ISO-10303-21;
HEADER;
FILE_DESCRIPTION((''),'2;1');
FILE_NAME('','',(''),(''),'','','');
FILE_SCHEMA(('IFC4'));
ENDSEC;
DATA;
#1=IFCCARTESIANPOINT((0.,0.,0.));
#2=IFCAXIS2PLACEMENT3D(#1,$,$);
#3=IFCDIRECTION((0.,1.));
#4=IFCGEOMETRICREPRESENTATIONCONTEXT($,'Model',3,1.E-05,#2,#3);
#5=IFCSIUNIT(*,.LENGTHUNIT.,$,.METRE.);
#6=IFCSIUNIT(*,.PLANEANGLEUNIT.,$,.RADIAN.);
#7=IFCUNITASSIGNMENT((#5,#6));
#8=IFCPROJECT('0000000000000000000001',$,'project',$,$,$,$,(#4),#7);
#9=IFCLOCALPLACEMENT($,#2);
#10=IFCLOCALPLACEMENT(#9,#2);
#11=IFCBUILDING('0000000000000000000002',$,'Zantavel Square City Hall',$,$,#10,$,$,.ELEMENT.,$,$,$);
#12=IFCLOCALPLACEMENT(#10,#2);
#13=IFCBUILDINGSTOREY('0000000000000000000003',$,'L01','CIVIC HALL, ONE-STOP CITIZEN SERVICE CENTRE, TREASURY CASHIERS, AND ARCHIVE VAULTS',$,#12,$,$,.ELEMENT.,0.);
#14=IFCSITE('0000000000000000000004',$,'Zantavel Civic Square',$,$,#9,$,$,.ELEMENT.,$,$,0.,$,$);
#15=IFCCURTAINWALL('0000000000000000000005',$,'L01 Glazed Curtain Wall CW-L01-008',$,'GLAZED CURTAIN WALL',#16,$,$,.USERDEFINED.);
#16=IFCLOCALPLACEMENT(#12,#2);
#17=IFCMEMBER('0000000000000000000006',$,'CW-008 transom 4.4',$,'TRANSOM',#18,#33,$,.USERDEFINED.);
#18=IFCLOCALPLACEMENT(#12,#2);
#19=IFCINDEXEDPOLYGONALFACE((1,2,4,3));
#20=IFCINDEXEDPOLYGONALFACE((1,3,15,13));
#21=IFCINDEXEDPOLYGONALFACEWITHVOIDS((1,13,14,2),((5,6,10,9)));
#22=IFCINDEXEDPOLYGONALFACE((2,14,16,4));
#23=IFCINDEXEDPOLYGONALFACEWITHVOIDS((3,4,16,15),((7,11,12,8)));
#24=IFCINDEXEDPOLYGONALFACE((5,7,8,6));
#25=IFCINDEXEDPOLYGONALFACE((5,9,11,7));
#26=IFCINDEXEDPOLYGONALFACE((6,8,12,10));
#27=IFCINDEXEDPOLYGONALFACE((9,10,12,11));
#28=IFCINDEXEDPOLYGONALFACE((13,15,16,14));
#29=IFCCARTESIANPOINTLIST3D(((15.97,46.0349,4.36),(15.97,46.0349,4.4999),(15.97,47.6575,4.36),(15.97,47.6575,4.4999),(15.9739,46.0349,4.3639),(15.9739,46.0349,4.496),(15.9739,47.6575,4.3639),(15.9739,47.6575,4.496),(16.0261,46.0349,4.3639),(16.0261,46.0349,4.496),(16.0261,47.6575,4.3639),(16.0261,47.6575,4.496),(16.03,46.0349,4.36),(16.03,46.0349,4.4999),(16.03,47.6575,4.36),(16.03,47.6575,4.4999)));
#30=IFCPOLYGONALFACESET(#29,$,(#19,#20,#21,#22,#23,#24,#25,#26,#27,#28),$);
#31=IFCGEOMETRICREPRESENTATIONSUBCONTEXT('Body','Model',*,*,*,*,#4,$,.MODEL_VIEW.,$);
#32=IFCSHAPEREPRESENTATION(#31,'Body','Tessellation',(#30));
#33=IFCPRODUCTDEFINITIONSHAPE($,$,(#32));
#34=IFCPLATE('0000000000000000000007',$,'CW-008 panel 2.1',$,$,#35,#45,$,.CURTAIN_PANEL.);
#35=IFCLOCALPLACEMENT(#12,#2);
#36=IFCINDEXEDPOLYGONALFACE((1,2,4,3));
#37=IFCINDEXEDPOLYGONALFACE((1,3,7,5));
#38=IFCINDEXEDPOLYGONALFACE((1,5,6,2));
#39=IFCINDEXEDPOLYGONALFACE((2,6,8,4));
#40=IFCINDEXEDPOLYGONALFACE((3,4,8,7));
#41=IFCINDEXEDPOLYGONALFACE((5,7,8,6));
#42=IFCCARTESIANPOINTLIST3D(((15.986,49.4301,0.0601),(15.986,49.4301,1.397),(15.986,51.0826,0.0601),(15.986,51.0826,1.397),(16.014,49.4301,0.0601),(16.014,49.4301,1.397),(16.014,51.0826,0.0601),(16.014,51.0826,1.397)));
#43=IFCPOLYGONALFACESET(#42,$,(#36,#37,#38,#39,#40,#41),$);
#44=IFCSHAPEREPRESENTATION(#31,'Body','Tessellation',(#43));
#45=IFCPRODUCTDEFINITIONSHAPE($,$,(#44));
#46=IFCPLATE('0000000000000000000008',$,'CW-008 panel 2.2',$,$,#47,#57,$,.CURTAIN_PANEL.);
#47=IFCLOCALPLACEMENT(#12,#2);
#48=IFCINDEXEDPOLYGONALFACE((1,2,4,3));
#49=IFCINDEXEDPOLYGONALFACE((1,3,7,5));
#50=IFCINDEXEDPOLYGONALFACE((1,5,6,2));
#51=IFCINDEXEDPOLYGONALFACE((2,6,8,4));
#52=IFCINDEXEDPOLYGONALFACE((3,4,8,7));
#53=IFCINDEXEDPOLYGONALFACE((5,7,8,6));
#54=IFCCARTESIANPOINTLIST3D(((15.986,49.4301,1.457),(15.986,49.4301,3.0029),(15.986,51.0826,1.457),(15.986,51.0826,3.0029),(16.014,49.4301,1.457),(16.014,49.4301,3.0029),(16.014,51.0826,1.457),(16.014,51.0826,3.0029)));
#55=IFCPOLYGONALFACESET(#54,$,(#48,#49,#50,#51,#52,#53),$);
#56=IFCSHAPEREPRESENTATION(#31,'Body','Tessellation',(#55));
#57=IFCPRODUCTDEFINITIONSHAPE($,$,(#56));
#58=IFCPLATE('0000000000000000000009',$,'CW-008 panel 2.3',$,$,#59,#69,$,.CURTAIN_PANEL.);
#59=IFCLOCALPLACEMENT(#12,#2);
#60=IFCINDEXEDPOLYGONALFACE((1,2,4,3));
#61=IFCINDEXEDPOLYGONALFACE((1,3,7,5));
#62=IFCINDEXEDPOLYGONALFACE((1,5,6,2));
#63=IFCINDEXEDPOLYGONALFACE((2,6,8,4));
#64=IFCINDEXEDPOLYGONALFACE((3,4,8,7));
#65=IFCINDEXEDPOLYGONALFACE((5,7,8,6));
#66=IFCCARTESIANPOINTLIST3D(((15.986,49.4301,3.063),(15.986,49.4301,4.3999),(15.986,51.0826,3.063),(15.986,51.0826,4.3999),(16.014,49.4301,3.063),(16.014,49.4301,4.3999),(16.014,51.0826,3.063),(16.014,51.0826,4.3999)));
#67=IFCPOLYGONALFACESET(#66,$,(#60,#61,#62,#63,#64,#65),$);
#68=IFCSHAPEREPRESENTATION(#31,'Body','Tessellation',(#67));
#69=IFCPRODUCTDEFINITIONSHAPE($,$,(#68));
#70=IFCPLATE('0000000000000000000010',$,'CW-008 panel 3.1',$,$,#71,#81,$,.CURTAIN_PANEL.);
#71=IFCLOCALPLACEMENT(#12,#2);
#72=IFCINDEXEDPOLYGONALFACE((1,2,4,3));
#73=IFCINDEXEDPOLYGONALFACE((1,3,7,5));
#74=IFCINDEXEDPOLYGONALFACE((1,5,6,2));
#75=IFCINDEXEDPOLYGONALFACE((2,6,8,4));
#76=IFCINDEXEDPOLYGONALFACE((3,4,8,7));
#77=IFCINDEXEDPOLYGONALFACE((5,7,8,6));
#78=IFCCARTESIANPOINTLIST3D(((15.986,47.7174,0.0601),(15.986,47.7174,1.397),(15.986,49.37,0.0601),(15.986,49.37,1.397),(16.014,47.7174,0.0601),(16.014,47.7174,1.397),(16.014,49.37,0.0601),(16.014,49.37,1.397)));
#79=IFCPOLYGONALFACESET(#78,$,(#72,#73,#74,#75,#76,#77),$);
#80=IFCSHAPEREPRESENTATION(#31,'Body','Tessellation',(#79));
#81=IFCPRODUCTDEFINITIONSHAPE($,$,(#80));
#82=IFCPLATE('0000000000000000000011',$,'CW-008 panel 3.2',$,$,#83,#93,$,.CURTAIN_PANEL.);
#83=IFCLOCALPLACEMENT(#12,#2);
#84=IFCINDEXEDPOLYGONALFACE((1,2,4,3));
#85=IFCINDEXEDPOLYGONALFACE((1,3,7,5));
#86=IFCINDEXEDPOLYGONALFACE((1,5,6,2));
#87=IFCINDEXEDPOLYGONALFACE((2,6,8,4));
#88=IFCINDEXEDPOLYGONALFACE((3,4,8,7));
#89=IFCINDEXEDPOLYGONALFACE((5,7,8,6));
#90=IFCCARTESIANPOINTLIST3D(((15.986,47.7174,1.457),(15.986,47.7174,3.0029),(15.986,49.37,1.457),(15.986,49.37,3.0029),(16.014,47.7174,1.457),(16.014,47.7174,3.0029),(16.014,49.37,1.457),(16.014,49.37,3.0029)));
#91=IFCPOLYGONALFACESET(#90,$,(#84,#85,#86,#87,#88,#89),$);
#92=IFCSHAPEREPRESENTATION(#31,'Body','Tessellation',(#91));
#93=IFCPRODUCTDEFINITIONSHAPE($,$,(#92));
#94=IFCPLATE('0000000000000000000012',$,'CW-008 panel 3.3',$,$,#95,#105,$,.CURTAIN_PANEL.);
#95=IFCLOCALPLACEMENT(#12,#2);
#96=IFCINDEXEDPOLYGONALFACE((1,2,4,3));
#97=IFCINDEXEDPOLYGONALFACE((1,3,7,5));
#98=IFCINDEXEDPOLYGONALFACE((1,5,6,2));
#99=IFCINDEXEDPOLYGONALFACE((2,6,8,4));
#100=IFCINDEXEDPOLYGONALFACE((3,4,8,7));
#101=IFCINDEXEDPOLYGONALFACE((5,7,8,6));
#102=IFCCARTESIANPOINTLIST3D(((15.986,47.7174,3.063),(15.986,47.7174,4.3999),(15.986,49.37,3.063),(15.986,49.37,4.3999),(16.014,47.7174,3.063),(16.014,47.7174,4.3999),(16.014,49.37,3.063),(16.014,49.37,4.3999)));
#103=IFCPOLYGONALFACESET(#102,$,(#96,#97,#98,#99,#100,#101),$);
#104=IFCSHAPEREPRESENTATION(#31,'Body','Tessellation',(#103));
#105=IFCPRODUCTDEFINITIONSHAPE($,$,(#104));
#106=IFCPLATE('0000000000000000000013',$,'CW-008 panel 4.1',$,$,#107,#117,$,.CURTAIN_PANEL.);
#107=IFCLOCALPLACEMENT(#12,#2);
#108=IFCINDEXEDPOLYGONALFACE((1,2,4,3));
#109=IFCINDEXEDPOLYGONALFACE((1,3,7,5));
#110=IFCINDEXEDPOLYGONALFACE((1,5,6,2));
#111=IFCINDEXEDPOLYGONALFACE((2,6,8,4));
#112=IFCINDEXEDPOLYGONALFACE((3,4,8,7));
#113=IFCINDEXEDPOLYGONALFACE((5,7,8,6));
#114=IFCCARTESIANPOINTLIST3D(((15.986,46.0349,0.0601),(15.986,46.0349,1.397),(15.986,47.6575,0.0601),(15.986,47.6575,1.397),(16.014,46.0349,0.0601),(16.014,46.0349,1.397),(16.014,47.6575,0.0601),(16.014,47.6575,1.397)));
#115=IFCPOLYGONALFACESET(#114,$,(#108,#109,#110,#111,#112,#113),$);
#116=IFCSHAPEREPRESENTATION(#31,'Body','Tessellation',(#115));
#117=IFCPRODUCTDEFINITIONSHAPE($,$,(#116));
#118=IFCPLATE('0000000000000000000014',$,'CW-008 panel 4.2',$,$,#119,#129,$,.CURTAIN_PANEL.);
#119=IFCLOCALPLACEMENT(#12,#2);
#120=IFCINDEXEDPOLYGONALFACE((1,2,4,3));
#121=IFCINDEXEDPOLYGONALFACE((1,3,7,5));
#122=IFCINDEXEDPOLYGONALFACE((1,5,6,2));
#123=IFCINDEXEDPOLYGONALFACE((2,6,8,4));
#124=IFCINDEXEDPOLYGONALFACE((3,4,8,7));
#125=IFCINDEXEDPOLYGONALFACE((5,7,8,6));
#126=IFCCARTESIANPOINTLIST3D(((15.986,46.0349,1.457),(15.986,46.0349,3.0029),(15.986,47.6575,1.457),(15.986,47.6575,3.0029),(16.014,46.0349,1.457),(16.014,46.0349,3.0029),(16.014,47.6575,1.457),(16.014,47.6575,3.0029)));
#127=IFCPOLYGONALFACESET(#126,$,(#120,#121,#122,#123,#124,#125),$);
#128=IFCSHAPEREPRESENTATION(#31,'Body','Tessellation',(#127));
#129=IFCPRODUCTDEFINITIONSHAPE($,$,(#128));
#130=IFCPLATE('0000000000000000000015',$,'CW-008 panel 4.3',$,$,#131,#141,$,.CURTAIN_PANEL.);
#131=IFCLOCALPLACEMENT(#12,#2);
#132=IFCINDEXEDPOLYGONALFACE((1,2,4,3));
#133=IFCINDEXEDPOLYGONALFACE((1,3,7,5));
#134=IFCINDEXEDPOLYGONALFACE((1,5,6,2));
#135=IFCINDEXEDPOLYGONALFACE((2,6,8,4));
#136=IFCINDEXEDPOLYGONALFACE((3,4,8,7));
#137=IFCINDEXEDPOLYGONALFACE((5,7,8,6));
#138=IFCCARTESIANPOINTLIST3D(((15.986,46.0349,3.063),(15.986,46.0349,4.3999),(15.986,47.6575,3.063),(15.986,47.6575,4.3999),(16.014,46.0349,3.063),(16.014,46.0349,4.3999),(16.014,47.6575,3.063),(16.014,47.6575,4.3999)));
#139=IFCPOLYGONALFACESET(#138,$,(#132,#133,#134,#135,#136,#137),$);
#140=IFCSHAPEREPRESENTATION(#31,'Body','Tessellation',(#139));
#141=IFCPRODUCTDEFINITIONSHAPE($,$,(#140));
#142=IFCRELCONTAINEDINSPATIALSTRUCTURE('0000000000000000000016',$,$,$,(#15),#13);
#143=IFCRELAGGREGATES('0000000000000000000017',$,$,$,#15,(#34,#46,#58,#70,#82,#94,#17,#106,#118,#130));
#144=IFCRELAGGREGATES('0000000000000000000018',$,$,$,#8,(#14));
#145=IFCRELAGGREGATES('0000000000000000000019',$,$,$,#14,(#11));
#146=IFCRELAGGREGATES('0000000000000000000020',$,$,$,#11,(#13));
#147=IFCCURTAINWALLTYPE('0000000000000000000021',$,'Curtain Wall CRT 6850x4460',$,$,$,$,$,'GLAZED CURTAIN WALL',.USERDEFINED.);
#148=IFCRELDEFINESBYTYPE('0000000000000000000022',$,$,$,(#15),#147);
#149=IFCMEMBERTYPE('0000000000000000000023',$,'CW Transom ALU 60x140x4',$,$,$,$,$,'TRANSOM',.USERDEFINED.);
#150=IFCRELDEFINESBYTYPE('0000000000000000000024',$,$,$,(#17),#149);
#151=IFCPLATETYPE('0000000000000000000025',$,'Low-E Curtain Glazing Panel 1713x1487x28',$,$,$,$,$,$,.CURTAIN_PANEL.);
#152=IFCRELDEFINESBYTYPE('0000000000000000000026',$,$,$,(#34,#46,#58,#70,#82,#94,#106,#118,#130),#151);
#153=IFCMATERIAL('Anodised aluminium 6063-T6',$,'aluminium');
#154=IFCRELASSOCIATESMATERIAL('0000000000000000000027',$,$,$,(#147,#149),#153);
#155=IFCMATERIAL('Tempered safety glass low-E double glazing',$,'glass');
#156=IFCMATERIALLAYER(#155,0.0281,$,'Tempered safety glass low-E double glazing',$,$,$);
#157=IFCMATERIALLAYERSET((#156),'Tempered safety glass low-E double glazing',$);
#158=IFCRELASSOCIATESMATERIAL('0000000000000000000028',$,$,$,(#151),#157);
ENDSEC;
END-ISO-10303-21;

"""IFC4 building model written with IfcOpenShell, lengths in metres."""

from ifc_helpers import new_model, si_unit, direction, frame, origin, origin_2d, place, context, subcontext, project, spatial, rectangle, hollow_rectangle, extrude, material, layer, layer_set, material_profile, profile_set, type_object, element, aggregate, save


model = new_model("IFC4")

# Units and contexts
model_context = context("Model", 3, precision=1e-05, world=origin(), true_north=direction((0.0, 1.0)))
body_context = subcontext(model_context, "Body", "Model", "MODEL_VIEW")
ifc_project = project(units=[si_unit("LENGTHUNIT", "METRE"), si_unit("PLANEANGLEUNIT", "RADIAN")], contexts=[model_context])

# Site, building, storey
site_placement = place(None, origin())
site = spatial("IfcSite", under=ifc_project, at=site_placement, Name="Zantavel Civic Square", CompositionType="ELEMENT", RefElevation=0.0)
building_placement = place(site_placement, origin())
building = spatial("IfcBuilding", under=site, at=building_placement, Name="Zantavel Square City Hall", CompositionType="ELEMENT")
storey_placement = place(building_placement, origin())
storey = spatial("IfcBuildingStorey", under=building, at=storey_placement, Name="L01", Description="CIVIC HALL, ONE-STOP CITIZEN SERVICE CENTRE, TREASURY CASHIERS, AND ARCHIVE VAULTS", CompositionType="ELEMENT", Elevation=0.0)

# Curtain wall, member, plates
ifc_material_1 = material(Name="Anodised aluminium 6063-T6", Category="aluminium")
curtain_wall_type = type_object("IfcCurtainWallType", Name="Curtain Wall CRT 6850x4460", ElementType="GLAZED CURTAIN WALL", PredefinedType="USERDEFINED", material=ifc_material_1)
curtain_wall_placement = place(storey_placement, origin())
curtain_wall = element("IfcCurtainWall", 1, at=curtain_wall_placement, inside=storey, type_object=curtain_wall_type, Name="L01 Glazed Curtain Wall CW-L01-008", ObjectType="GLAZED CURTAIN WALL", PredefinedType="USERDEFINED")
ifc_material_profile_1 = material_profile(ifc_material_1, hollow_rectangle(XDim=0.0601, YDim=0.1399, WallThickness=0.0039, at=origin_2d()), Name="ALU 60x140x4")
ifc_profile_set_1 = profile_set([ifc_material_profile_1], Name="Anodised aluminium 6063-T6")
member_type_1 = type_object("IfcMemberType", Name="CW Transom ALU 60x140x4", ElementType="TRANSOM", PredefinedType="USERDEFINED", material=ifc_profile_set_1)
member_1_placement = place(storey_placement, frame((16.0, 47.6575, 4.4299), z_axis=(0.0, -1.0, 0.0), x_axis=(1.0, 0.0, 0.0)))
member_1 = element("IfcMember", 2, at=member_1_placement, type_object=member_type_1, Name="CW-008 transom 4.4", ObjectType="TRANSOM", PredefinedType="USERDEFINED", context=body_context, shape_type="SweptSolid", body=[
    extrude(hollow_rectangle(XDim=0.0601, YDim=0.1399, WallThickness=0.0039, at=origin_2d()), origin(), (0.0, 0.0, 1.0), 1.6226),
])
ifc_material_2 = material(Name="Tempered safety glass low-E double glazing", Category="glass")
ifc_layer = layer(ifc_material_2, 0.0281, Name="Tempered safety glass low-E double glazing")
ifc_layer_set = layer_set([ifc_layer], Name="Tempered safety glass low-E double glazing")
plate_type = type_object("IfcPlateType", Name="Low-E Curtain Glazing Panel 1713x1487x28", PredefinedType="CURTAIN_PANEL", material=ifc_layer_set)
plate_1_placement = place(storey_placement, frame((16.0, 50.2563, 0.0601), z_axis=(0.0, 0.0, 1.0), x_axis=(0.0, -1.0, 0.0)))
plate_1 = element("IfcPlate", 3, at=plate_1_placement, type_object=plate_type, Name="CW-008 panel 2.1", PredefinedType="CURTAIN_PANEL", context=body_context, shape_type="SweptSolid", body=[
    extrude(rectangle(XDim=1.6526, YDim=0.0281, at=origin_2d()), origin(), (0.0, 0.0, 1.0), 1.3369),
])
plate_2_placement = place(storey_placement, frame((16.0, 50.2563, 1.457), z_axis=(0.0, 0.0, 1.0), x_axis=(0.0, -1.0, 0.0)))
plate_2 = element("IfcPlate", 4, at=plate_2_placement, type_object=plate_type, Name="CW-008 panel 2.2", PredefinedType="CURTAIN_PANEL", context=body_context, shape_type="SweptSolid", body=[
    extrude(rectangle(XDim=1.6526, YDim=0.0281, at=origin_2d()), origin(), (0.0, 0.0, 1.0), 1.5459),
])
plate_3_placement = place(storey_placement, frame((16.0, 50.2563, 3.063), z_axis=(0.0, 0.0, 1.0), x_axis=(0.0, -1.0, 0.0)))
plate_3 = element("IfcPlate", 5, at=plate_3_placement, type_object=plate_type, Name="CW-008 panel 2.3", PredefinedType="CURTAIN_PANEL", context=body_context, shape_type="SweptSolid", body=[
    extrude(rectangle(XDim=1.6526, YDim=0.0281, at=origin_2d()), origin(), (0.0, 0.0, 1.0), 1.3369),
])
plate_4_placement = place(storey_placement, frame((16.0, 48.5437, 0.0601), z_axis=(0.0, 0.0, 1.0), x_axis=(0.0, -1.0, 0.0)))
plate_4 = element("IfcPlate", 6, at=plate_4_placement, type_object=plate_type, Name="CW-008 panel 3.1", PredefinedType="CURTAIN_PANEL", context=body_context, shape_type="SweptSolid", body=[
    extrude(rectangle(XDim=1.6526, YDim=0.0281, at=origin_2d()), origin(), (0.0, 0.0, 1.0), 1.3369),
])
plate_5_placement = place(storey_placement, frame((16.0, 48.5437, 1.457), z_axis=(0.0, 0.0, 1.0), x_axis=(0.0, -1.0, 0.0)))
plate_5 = element("IfcPlate", 7, at=plate_5_placement, type_object=plate_type, Name="CW-008 panel 3.2", PredefinedType="CURTAIN_PANEL", context=body_context, shape_type="SweptSolid", body=[
    extrude(rectangle(XDim=1.6526, YDim=0.0281, at=origin_2d()), origin(), (0.0, 0.0, 1.0), 1.5459),
])
plate_6_placement = place(storey_placement, frame((16.0, 48.5437, 3.063), z_axis=(0.0, 0.0, 1.0), x_axis=(0.0, -1.0, 0.0)))
plate_6 = element("IfcPlate", 8, at=plate_6_placement, type_object=plate_type, Name="CW-008 panel 3.3", PredefinedType="CURTAIN_PANEL", context=body_context, shape_type="SweptSolid", body=[
    extrude(rectangle(XDim=1.6526, YDim=0.0281, at=origin_2d()), origin(), (0.0, 0.0, 1.0), 1.3369),
])
plate_7_placement = place(storey_placement, frame((16.0, 46.8462, 0.0601), z_axis=(0.0, 0.0, 1.0), x_axis=(0.0, -1.0, 0.0)))
plate_7 = element("IfcPlate", 9, at=plate_7_placement, type_object=plate_type, Name="CW-008 panel 4.1", PredefinedType="CURTAIN_PANEL", context=body_context, shape_type="SweptSolid", body=[
    extrude(rectangle(XDim=1.6226, YDim=0.0281, at=origin_2d()), origin(), (0.0, 0.0, 1.0), 1.3369),
])
plate_8_placement = place(storey_placement, frame((16.0, 46.8462, 1.457), z_axis=(0.0, 0.0, 1.0), x_axis=(0.0, -1.0, 0.0)))
plate_8 = element("IfcPlate", 10, at=plate_8_placement, type_object=plate_type, Name="CW-008 panel 4.2", PredefinedType="CURTAIN_PANEL", context=body_context, shape_type="SweptSolid", body=[
    extrude(rectangle(XDim=1.6226, YDim=0.0281, at=origin_2d()), origin(), (0.0, 0.0, 1.0), 1.5459),
])
plate_9_placement = place(storey_placement, frame((16.0, 46.8462, 3.063), z_axis=(0.0, 0.0, 1.0), x_axis=(0.0, -1.0, 0.0)))
plate_9 = element("IfcPlate", 11, at=plate_9_placement, type_object=plate_type, Name="CW-008 panel 4.3", PredefinedType="CURTAIN_PANEL", context=body_context, shape_type="SweptSolid", body=[
    extrude(rectangle(XDim=1.6226, YDim=0.0281, at=origin_2d()), origin(), (0.0, 0.0, 1.0), 1.3369),
])
aggregate(curtain_wall, [plate_1, plate_2, plate_3, plate_4, plate_5, plate_6, member_1, plate_7, plate_8, plate_9])

save(model, "model.ifc")
